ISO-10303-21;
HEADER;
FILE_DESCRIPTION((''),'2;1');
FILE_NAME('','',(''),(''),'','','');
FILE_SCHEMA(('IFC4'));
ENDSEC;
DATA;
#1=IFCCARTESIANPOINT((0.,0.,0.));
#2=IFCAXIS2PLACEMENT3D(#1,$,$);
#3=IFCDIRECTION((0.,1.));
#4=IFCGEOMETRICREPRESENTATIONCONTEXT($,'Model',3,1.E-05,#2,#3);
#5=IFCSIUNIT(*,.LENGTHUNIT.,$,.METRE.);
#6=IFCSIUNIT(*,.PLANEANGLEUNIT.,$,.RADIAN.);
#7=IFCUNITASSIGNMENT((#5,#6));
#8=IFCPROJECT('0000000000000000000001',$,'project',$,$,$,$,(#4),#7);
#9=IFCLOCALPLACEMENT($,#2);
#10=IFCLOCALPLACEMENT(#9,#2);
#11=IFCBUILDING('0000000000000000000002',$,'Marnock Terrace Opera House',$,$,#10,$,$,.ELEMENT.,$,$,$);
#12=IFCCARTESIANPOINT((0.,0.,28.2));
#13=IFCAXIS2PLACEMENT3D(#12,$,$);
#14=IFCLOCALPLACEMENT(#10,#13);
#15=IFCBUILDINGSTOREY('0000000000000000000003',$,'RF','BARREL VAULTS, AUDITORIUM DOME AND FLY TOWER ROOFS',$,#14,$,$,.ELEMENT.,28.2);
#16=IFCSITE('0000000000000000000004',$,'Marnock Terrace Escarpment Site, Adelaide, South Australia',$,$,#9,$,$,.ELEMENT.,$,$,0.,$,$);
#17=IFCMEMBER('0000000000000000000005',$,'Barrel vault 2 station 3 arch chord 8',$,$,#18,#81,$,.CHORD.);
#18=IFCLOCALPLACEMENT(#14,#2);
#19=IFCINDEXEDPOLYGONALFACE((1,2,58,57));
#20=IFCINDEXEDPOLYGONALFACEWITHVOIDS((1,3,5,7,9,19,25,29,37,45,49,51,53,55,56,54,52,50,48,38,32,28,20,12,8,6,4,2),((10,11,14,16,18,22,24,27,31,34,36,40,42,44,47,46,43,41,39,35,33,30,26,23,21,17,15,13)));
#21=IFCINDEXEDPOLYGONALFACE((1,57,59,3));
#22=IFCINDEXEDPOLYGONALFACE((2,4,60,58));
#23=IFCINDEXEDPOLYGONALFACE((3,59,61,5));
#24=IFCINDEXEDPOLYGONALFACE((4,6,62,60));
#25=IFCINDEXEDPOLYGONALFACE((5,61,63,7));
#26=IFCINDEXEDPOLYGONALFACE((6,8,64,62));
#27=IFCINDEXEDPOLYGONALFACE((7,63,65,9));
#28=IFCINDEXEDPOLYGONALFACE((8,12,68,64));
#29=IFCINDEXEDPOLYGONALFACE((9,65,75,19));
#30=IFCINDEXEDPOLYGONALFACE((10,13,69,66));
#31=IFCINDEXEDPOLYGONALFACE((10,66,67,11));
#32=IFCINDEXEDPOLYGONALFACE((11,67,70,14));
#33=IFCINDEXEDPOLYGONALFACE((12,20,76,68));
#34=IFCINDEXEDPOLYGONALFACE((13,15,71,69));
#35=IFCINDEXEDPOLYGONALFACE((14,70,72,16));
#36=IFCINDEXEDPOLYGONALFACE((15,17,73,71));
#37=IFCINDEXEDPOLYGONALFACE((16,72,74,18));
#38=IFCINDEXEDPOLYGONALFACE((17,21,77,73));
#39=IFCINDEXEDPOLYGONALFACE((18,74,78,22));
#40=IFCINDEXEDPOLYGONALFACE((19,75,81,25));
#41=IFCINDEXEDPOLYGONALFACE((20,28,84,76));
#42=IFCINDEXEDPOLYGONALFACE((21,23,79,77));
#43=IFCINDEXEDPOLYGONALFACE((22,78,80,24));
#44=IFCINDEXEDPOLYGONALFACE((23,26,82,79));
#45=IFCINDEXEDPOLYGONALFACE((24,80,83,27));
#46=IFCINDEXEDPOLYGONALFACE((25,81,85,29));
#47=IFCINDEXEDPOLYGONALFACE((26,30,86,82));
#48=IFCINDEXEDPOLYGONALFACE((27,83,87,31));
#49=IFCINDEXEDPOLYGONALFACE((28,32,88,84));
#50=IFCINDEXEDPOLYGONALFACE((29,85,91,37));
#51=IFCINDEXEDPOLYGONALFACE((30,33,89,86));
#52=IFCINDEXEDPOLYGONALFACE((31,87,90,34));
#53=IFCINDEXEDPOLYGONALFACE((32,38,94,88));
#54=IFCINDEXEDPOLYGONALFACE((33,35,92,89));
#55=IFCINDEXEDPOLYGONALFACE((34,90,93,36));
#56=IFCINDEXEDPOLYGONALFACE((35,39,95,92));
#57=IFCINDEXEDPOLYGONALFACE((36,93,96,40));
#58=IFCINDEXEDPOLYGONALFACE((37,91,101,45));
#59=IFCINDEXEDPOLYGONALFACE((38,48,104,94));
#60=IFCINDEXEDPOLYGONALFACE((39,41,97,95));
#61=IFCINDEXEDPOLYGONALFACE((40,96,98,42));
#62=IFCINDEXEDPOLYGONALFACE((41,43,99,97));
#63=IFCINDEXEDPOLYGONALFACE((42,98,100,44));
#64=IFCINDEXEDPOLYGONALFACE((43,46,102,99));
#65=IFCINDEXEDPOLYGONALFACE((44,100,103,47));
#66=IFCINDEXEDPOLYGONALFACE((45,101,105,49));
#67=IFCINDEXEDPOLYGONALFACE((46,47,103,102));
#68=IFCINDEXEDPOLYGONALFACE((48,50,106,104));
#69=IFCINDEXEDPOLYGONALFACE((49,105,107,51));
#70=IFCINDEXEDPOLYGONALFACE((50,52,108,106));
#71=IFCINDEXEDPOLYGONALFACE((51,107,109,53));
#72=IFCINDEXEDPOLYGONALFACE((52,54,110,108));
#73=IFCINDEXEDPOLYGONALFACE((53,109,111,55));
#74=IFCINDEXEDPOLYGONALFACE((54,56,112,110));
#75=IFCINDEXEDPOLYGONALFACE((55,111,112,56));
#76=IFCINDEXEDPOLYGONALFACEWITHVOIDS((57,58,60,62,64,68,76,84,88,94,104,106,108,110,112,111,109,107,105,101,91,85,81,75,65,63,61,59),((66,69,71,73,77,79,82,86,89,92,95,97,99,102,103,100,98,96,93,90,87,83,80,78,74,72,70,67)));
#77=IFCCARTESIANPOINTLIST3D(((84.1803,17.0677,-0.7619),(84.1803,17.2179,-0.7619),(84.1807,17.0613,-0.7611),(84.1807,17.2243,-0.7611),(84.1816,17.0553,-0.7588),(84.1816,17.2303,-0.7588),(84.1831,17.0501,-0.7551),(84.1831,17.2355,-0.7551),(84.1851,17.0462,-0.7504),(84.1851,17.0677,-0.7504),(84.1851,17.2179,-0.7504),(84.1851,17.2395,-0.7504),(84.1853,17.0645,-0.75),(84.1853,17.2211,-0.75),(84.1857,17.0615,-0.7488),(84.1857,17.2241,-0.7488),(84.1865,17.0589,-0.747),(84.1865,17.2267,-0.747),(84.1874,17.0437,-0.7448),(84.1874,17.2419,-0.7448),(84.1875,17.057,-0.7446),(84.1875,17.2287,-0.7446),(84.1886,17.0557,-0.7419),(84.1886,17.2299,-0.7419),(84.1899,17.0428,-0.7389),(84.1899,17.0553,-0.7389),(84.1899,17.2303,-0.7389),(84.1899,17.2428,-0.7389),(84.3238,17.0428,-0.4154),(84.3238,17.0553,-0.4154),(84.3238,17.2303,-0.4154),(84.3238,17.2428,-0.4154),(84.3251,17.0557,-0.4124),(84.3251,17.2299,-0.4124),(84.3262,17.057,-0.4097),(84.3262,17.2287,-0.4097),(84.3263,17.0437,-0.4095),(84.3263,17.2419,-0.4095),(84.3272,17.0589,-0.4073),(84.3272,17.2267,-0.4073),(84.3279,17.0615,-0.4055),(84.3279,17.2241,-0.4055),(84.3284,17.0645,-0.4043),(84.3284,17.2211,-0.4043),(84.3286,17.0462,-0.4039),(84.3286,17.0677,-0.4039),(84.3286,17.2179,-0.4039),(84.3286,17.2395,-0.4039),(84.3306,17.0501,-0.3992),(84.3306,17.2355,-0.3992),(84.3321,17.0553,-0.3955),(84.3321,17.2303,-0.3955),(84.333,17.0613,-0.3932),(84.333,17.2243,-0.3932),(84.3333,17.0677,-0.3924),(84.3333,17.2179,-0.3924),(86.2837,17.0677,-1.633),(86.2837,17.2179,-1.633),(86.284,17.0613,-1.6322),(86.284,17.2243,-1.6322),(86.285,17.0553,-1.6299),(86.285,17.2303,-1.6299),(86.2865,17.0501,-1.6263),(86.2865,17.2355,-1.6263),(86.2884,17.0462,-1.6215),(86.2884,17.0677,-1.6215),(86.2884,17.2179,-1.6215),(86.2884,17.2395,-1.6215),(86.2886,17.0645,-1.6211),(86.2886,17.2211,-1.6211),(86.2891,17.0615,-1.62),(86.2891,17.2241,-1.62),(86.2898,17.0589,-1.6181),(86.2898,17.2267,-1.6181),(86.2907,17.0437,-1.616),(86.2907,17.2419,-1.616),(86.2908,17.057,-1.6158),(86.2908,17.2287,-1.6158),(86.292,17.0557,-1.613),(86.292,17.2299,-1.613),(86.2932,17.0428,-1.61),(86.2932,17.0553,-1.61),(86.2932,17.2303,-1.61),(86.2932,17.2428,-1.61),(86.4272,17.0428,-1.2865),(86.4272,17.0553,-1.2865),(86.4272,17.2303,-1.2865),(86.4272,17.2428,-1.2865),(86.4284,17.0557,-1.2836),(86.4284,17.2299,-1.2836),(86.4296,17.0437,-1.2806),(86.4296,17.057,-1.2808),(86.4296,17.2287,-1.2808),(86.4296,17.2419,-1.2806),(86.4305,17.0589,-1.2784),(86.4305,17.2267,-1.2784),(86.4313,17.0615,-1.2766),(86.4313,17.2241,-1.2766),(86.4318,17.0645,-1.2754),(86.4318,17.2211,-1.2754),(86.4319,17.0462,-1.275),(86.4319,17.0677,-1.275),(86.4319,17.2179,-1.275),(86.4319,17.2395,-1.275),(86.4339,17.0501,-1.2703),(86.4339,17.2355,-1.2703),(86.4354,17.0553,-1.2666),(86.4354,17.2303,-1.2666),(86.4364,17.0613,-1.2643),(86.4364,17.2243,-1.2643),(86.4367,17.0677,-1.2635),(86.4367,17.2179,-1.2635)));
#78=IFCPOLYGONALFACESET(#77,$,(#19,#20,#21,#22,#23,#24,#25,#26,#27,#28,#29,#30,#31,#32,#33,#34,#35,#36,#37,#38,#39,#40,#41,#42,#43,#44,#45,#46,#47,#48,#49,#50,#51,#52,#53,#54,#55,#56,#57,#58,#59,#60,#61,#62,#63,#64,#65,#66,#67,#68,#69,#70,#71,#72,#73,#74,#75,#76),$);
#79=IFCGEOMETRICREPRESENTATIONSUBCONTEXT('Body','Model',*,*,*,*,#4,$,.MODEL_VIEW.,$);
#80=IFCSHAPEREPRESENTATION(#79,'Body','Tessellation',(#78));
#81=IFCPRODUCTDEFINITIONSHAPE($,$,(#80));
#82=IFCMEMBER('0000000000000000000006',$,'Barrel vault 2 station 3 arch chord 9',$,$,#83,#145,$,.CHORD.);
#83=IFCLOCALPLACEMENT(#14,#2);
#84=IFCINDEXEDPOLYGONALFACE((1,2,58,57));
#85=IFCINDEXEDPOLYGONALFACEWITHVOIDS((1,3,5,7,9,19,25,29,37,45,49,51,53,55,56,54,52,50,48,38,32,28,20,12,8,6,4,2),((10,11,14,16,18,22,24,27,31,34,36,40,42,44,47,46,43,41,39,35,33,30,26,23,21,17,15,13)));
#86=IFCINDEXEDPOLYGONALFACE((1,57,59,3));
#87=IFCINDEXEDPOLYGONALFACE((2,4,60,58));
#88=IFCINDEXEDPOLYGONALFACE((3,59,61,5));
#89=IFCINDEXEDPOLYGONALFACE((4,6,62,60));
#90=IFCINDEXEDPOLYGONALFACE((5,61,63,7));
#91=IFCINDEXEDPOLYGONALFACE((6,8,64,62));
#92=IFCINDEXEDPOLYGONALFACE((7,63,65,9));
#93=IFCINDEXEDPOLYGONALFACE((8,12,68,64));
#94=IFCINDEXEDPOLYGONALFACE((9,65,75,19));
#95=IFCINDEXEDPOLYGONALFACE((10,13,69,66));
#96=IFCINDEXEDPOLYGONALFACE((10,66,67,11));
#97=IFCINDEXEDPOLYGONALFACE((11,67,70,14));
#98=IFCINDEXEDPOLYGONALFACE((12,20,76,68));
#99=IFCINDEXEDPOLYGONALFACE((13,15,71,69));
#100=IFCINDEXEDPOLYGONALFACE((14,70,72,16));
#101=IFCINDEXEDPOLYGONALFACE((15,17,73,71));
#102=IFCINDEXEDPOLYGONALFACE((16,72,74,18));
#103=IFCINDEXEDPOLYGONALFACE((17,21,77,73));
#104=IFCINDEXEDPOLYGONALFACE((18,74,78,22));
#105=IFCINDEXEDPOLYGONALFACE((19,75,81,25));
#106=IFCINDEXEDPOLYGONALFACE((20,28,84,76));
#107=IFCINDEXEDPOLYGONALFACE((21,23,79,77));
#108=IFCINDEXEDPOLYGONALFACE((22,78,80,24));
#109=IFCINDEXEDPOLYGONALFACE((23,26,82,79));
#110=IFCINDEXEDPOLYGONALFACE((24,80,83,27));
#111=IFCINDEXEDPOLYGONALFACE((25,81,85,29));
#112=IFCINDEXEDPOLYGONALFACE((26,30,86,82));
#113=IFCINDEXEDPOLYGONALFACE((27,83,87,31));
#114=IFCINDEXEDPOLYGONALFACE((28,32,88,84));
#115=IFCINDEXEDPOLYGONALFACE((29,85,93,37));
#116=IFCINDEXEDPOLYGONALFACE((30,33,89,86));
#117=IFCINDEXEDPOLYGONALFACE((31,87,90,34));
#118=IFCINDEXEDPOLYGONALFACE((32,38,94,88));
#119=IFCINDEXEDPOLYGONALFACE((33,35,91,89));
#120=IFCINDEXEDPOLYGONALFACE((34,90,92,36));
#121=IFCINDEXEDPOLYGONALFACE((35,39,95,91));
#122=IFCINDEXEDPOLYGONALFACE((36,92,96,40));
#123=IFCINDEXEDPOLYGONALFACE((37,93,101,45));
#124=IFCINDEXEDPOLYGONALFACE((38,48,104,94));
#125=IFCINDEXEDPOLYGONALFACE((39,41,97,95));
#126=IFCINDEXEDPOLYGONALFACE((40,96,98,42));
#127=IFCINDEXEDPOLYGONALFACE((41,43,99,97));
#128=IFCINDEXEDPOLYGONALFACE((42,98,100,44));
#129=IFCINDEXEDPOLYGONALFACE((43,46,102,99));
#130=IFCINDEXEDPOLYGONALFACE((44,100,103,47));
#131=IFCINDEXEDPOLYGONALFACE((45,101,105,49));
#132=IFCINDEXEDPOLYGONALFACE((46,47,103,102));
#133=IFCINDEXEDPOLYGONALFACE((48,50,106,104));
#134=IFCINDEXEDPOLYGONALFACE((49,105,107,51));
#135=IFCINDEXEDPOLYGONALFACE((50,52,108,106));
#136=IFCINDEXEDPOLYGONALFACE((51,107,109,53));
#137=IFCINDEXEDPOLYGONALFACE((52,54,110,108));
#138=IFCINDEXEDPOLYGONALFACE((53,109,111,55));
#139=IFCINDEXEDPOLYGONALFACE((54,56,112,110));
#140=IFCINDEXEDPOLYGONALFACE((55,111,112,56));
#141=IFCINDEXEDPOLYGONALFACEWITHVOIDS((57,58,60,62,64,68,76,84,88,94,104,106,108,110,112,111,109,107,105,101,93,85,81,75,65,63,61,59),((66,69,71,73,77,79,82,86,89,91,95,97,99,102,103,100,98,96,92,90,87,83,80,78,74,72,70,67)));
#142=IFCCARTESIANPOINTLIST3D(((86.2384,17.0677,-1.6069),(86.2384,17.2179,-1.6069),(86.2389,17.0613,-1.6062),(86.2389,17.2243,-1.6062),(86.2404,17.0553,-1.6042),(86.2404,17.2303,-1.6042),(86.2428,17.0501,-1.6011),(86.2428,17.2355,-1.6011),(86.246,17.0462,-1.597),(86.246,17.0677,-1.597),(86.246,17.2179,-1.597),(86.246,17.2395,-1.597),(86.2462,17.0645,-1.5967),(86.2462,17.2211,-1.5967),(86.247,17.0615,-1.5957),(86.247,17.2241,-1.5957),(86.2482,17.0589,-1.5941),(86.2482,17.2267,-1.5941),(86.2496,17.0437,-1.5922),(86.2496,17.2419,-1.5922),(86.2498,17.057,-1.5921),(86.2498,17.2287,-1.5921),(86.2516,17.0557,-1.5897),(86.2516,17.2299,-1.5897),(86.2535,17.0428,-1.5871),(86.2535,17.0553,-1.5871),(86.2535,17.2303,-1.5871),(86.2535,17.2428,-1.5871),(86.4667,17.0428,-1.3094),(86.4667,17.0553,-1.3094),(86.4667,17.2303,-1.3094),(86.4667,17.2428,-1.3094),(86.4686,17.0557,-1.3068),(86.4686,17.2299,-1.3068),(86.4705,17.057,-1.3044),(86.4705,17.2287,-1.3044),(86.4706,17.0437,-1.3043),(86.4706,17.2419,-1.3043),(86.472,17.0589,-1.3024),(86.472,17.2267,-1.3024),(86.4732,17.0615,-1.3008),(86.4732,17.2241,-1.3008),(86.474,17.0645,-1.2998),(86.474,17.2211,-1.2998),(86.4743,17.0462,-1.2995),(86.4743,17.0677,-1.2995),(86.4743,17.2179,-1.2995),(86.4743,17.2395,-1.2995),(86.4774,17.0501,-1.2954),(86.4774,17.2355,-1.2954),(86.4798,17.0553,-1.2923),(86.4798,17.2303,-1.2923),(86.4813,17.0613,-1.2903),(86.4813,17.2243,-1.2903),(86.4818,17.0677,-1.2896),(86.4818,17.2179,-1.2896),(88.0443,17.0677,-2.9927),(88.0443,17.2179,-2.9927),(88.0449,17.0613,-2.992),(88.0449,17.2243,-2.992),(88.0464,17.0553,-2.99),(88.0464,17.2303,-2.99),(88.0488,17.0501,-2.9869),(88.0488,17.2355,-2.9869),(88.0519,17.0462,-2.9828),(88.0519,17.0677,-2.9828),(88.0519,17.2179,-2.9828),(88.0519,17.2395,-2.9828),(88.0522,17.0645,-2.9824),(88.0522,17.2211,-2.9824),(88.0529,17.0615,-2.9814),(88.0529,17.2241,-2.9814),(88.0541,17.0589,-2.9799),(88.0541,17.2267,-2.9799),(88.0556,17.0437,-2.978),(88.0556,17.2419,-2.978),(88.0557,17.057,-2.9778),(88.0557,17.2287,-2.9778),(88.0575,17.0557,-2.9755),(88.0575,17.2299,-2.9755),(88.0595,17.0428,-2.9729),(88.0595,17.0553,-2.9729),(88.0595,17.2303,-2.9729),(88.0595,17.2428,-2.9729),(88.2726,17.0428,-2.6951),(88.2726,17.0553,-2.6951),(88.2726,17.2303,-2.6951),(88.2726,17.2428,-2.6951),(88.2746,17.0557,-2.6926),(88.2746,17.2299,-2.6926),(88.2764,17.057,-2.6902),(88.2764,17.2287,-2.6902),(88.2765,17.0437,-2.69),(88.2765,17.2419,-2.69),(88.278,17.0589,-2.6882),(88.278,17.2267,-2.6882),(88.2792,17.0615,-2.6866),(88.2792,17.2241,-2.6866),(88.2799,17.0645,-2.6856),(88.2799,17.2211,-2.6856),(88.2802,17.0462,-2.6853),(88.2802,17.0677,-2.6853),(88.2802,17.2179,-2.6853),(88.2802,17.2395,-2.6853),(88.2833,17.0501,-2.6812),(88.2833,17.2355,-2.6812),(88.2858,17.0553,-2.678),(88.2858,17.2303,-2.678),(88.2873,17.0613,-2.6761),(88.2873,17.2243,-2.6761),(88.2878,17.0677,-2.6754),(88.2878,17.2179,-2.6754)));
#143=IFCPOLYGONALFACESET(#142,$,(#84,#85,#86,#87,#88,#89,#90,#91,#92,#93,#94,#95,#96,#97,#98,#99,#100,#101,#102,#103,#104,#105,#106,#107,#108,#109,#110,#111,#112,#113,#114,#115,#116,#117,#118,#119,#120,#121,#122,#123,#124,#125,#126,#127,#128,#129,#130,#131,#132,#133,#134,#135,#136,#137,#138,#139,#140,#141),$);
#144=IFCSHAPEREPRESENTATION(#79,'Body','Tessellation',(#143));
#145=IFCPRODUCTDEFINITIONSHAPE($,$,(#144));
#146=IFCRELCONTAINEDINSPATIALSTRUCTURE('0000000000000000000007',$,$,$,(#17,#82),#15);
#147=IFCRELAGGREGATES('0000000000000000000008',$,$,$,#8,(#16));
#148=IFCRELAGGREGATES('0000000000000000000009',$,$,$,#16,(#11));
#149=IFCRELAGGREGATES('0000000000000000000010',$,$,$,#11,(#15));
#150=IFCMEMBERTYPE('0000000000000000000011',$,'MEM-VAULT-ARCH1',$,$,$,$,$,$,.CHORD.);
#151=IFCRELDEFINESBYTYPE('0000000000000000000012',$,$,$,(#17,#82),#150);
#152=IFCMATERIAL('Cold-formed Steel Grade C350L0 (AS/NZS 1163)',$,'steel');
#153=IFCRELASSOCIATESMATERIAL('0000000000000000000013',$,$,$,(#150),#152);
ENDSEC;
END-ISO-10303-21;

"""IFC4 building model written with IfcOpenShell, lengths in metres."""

from ifc_helpers import new_model, si_unit, direction, frame, origin, origin_2d, place, context, subcontext, project, spatial, hollow_rectangle, extrude, material, material_profile, profile_set, type_object, element, save


model = new_model("IFC4")

# Units and contexts
model_context = context("Model", 3, precision=1e-05, world=origin(), true_north=direction((0.0, 1.0)))
body_context = subcontext(model_context, "Body", "Model", "MODEL_VIEW")
ifc_project = project(units=[si_unit("LENGTHUNIT", "METRE"), si_unit("PLANEANGLEUNIT", "RADIAN")], contexts=[model_context])

# Site, building, storey
site_placement = place(None, origin())
site = spatial("IfcSite", under=ifc_project, at=site_placement, Name="Marnock Terrace Escarpment Site, Adelaide, South Australia", CompositionType="ELEMENT", RefElevation=0.0)
building_placement = place(site_placement, origin())
building = spatial("IfcBuilding", under=site, at=building_placement, Name="Marnock Terrace Opera House", CompositionType="ELEMENT")
storey_placement = place(building_placement, frame((0.0, 0.0, 28.2)))
storey = spatial("IfcBuildingStorey", under=building, at=storey_placement, Name="RF", Description="BARREL VAULTS, AUDITORIUM DOME AND FLY TOWER ROOFS", CompositionType="ELEMENT", Elevation=28.2)

# Members
ifc_material = material(Name="Cold-formed Steel Grade C350L0 (AS/NZS 1163)", Category="steel")
ifc_material_profile_1 = material_profile(ifc_material, hollow_rectangle(XDim=0.2, YDim=0.3999, WallThickness=0.0125, InnerFilletRadius=0.0125, OuterFilletRadius=0.0249, at=origin_2d()))
ifc_profile_set_1 = profile_set([ifc_material_profile_1], Name="Cold-formed Steel Grade C350L0 (AS/NZS 1163)")
member_type_1 = type_object("IfcMemberType", Name="MEM-VAULT-ARCH1", PredefinedType="CHORD", material=ifc_profile_set_1)
member_1_placement = place(storey_placement, frame((84.2568, 17.1428, -0.5771), z_axis=(0.923897, 0.0, -0.382642), x_axis=(0.0, 1.0, 0.0)))
element("IfcMember", 1, at=member_1_placement, inside=storey, type_object=member_type_1, Name="Barrel vault 2 station 3 arch chord 8", PredefinedType="CHORD", context=body_context, shape_type="SweptSolid", body=[
    extrude(hollow_rectangle(XDim=0.2, YDim=0.3999, WallThickness=0.0125, InnerFilletRadius=0.0125, OuterFilletRadius=0.0249, at=origin_2d()), origin(), (0.0, 0.0, 1.0), 2.2766),
])
for number, where, z_axis, x_axis, name in (
    (2, (86.3601, 17.1428, -1.4482), (0.793349, 0.0, -0.608767), (0.0, 1.0, 0.0), "Barrel vault 2 station 3 arch chord 9"),
):
    element("IfcMember", number, at=place(storey_placement, frame(where, z_axis=z_axis, x_axis=x_axis)), inside=storey, type_object=member_type_1, Name=name, PredefinedType="CHORD", context=body_context, shape_type="SweptSolid", body=[
        extrude(hollow_rectangle(XDim=0.2, YDim=0.3999, WallThickness=0.0125, InnerFilletRadius=0.0125, OuterFilletRadius=0.0249, at=origin_2d()), origin(), (0.0, 0.0, 1.0), 2.2764),
    ])

save(model, "model.ifc")
